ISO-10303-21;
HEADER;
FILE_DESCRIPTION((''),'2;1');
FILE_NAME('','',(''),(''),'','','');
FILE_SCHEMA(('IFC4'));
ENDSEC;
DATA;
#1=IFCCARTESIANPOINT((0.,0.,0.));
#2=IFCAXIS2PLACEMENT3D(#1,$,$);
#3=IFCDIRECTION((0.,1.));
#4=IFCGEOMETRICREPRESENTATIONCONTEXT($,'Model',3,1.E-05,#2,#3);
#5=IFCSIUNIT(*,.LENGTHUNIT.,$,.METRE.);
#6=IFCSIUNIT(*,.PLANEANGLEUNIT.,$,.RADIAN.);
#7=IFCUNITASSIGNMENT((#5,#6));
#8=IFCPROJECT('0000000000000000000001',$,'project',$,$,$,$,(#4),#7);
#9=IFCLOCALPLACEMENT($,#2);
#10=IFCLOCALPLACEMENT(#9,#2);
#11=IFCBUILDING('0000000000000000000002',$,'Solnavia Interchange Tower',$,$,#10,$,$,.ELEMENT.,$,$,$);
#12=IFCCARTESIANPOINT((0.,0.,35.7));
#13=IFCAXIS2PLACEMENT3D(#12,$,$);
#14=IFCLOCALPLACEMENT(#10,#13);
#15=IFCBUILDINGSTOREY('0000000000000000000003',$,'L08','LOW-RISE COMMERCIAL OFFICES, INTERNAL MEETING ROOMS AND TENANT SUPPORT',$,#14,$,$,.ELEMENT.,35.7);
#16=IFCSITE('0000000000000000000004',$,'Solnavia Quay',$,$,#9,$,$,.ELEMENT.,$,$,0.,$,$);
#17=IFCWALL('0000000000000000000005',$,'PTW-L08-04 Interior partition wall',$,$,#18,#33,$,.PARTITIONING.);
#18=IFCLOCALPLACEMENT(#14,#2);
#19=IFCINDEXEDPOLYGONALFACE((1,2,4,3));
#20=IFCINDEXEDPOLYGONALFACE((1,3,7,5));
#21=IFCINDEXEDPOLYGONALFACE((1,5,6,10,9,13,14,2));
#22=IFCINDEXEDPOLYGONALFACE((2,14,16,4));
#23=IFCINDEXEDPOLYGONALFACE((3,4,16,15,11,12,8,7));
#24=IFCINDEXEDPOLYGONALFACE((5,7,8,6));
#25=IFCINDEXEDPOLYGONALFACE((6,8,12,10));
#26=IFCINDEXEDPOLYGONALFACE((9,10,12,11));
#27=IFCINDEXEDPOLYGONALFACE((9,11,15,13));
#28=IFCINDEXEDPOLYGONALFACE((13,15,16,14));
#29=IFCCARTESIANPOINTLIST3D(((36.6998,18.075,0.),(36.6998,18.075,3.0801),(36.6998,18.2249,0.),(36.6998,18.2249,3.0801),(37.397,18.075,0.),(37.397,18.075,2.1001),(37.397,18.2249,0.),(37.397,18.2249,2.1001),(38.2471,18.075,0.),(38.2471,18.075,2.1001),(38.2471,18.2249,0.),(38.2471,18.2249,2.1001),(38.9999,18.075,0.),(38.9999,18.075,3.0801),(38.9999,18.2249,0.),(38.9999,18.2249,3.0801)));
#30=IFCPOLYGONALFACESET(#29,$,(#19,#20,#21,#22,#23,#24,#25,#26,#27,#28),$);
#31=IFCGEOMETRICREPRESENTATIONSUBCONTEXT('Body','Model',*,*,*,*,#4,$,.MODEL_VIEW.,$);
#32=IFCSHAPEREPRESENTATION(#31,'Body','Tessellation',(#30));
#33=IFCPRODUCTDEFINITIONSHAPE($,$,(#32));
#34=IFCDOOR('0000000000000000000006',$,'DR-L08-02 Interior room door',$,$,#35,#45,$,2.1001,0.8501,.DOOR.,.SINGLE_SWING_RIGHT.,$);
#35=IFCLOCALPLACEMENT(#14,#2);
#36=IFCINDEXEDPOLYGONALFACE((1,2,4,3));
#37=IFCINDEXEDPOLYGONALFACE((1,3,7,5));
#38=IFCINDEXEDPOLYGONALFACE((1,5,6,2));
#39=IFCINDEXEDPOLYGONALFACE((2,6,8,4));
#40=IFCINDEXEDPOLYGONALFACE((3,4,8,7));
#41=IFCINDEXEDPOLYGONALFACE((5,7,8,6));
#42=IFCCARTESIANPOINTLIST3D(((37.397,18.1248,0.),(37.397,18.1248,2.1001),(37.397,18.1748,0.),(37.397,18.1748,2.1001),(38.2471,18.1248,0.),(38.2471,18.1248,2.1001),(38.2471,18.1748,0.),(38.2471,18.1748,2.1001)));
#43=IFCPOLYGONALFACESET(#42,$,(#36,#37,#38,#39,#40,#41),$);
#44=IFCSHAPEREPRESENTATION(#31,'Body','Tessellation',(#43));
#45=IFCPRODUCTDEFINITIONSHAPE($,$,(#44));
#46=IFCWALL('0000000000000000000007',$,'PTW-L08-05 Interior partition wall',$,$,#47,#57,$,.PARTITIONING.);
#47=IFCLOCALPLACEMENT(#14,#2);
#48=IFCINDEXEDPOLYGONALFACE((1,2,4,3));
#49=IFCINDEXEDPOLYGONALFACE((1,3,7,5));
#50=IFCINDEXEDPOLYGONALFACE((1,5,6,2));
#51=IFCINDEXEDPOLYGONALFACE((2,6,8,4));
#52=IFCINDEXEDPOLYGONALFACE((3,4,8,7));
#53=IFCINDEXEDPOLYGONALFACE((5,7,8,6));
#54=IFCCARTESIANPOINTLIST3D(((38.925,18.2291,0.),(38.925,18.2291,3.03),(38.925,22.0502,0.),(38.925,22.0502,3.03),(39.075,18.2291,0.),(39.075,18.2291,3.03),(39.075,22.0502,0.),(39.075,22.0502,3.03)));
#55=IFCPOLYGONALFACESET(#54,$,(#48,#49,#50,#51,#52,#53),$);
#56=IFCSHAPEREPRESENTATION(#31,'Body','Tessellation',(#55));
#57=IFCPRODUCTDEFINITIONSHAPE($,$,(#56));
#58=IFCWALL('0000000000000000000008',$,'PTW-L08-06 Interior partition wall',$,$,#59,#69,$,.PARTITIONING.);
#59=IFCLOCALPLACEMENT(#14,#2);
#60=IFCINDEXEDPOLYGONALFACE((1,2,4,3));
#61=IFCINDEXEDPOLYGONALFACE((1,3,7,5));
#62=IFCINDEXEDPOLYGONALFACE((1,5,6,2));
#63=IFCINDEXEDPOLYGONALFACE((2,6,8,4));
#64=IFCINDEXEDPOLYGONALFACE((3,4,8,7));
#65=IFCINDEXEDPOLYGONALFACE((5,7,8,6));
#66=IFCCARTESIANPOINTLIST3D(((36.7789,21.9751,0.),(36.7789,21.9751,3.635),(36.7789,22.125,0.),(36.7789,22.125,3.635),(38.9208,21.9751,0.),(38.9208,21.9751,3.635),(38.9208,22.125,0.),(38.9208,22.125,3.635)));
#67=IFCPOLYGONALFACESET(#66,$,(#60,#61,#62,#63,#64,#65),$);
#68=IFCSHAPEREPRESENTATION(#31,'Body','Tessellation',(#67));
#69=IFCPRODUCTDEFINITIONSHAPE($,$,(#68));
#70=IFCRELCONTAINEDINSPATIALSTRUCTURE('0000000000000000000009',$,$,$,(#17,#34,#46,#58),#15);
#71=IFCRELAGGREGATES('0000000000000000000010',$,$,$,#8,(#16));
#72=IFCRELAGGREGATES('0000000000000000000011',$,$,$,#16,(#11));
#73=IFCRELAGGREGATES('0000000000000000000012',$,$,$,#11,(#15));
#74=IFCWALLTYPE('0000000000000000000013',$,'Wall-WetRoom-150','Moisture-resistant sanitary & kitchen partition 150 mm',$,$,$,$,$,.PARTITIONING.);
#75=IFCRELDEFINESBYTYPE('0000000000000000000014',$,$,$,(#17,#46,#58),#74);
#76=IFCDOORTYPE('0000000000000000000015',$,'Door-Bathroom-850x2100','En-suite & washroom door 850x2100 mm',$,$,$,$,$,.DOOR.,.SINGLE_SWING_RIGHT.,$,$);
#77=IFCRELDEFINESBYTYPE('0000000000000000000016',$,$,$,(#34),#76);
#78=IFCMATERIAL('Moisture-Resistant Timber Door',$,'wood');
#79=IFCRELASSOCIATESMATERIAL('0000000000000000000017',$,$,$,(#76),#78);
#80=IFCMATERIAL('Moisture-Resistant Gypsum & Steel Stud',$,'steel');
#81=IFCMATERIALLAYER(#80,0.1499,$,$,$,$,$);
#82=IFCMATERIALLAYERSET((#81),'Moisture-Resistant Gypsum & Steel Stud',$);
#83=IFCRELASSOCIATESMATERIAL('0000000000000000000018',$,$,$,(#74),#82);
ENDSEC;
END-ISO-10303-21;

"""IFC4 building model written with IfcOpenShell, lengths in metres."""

from ifc_helpers import new_model, si_unit, direction, frame, frame_2d, origin, place, context, subcontext, project, spatial, rectangle, extrude, material, layer, layer_set, type_object, element, fill, save


model = new_model("IFC4")

# Units and contexts
model_context = context("Model", 3, precision=1e-05, world=origin(), true_north=direction((0.0, 1.0)))
body_context = subcontext(model_context, "Body", "Model", "MODEL_VIEW")
ifc_project = project(units=[si_unit("LENGTHUNIT", "METRE"), si_unit("PLANEANGLEUNIT", "RADIAN")], contexts=[model_context])

# Site, building, storey
site_placement = place(None, origin())
site = spatial("IfcSite", under=ifc_project, at=site_placement, Name="Solnavia Quay", CompositionType="ELEMENT", RefElevation=0.0)
building_placement = place(site_placement, origin())
building = spatial("IfcBuilding", under=site, at=building_placement, Name="Solnavia Interchange Tower", CompositionType="ELEMENT")
storey_placement = place(building_placement, frame((0.0, 0.0, 35.7)))
storey = spatial("IfcBuildingStorey", under=building, at=storey_placement, Name="L08", Description="LOW-RISE COMMERCIAL OFFICES, INTERNAL MEETING ROOMS AND TENANT SUPPORT", CompositionType="ELEMENT", Elevation=35.7)

# Shared definitions
ifc_material_1 = material(Name="Moisture-Resistant Timber Door", Category="wood")
door_type_1 = type_object("IfcDoorType", Name="Door-Bathroom-850x2100", Description="En-suite & washroom door 850x2100 mm", OperationType="SINGLE_SWING_RIGHT", PredefinedType="DOOR", material=ifc_material_1)

# Shared definitions
ifc_material_2 = material(Name="Moisture-Resistant Gypsum & Steel Stud", Category="steel")
ifc_layer_1 = layer(ifc_material_2, 0.1499)
ifc_layer_set_1 = layer_set([ifc_layer_1], Name="Moisture-Resistant Gypsum & Steel Stud")
wall_type_1 = type_object("IfcWallType", Name="Wall-WetRoom-150", Description="Moisture-resistant sanitary & kitchen partition 150 mm", PredefinedType="PARTITIONING", material=ifc_layer_set_1)

# Wall, opening, door
wall_1_placement = place(storey_placement, frame((36.7, 18.1499, 0.0), z_axis=(0.0, 0.0, 1.0), x_axis=(1.0, 0.0, 0.0)))
wall_1 = element("IfcWall", 1, at=wall_1_placement, inside=storey, type_object=wall_type_1, Name="PTW-L08-04 Interior partition wall", PredefinedType="PARTITIONING", context=body_context, shape_type="SweptSolid", body=[
    extrude(rectangle(XDim=2.3, YDim=0.1499, at=frame_2d((1.1499, 0.0))), origin(), (0.0, 0.0, 1.0), 3.0801),
])
opening_1_placement = place(wall_1_placement, frame((0.697, 0.0, 0.0)))
opening_1 = element("IfcOpeningElement", 2, at=opening_1_placement, cuts=wall_1, PredefinedType="OPENING", context=body_context, shape_type="SweptSolid", body=[
    extrude(rectangle(XDim=0.8501, YDim=2.1001, at=frame_2d((0.425, 1.05))), frame((0.0, 0.085, 0.0), z_axis=(0.0, -1.0, 0.0), x_axis=(1.0, 0.0, 0.0)), (0.0, 0.0, 1.0), 0.1699),
])
door_1_placement = place(opening_1_placement, origin())
door_1 = element("IfcDoor", 3, at=door_1_placement, inside=storey, type_object=door_type_1, Name="DR-L08-02 Interior room door", OperationType="SINGLE_SWING_RIGHT", OverallHeight=2.1001, OverallWidth=0.8501, PredefinedType="DOOR", context=body_context, shape_type="SweptSolid", body=[
    extrude(rectangle(XDim=0.8501, YDim=2.1001, at=frame_2d((0.425, 1.05))), frame((0.0, 0.0249, 0.0), z_axis=(0.0, -1.0, 0.0), x_axis=(1.0, 0.0, 0.0)), (0.0, 0.0, 1.0), 0.05),
])
fill(opening_1, door_1)

# Walls
wall_2_placement = place(storey_placement, frame((39.0, 18.229, 0.0), z_axis=(0.0, 0.0, 1.0), x_axis=(0.0, 1.0, 0.0)))
element("IfcWall", 4, at=wall_2_placement, inside=storey, type_object=wall_type_1, Name="PTW-L08-05 Interior partition wall", PredefinedType="PARTITIONING", context=body_context, shape_type="SweptSolid", body=[
    extrude(rectangle(XDim=3.821, YDim=0.1499, at=frame_2d((1.9106, 0.0))), origin(), (0.0, 0.0, 1.0), 3.03),
])
wall_3_placement = place(storey_placement, frame((36.7791, 22.05, 0.0), z_axis=(0.0, 0.0, 1.0), x_axis=(1.0, 0.0, 0.0)))
element("IfcWall", 5, at=wall_3_placement, inside=storey, type_object=wall_type_1, Name="PTW-L08-06 Interior partition wall", PredefinedType="PARTITIONING", context=body_context, shape_type="SweptSolid", body=[
    extrude(rectangle(XDim=2.1418, YDim=0.1499, at=frame_2d((1.0708, 0.0))), origin(), (0.0, 0.0, 1.0), 3.635),
])

save(model, "model.ifc")
